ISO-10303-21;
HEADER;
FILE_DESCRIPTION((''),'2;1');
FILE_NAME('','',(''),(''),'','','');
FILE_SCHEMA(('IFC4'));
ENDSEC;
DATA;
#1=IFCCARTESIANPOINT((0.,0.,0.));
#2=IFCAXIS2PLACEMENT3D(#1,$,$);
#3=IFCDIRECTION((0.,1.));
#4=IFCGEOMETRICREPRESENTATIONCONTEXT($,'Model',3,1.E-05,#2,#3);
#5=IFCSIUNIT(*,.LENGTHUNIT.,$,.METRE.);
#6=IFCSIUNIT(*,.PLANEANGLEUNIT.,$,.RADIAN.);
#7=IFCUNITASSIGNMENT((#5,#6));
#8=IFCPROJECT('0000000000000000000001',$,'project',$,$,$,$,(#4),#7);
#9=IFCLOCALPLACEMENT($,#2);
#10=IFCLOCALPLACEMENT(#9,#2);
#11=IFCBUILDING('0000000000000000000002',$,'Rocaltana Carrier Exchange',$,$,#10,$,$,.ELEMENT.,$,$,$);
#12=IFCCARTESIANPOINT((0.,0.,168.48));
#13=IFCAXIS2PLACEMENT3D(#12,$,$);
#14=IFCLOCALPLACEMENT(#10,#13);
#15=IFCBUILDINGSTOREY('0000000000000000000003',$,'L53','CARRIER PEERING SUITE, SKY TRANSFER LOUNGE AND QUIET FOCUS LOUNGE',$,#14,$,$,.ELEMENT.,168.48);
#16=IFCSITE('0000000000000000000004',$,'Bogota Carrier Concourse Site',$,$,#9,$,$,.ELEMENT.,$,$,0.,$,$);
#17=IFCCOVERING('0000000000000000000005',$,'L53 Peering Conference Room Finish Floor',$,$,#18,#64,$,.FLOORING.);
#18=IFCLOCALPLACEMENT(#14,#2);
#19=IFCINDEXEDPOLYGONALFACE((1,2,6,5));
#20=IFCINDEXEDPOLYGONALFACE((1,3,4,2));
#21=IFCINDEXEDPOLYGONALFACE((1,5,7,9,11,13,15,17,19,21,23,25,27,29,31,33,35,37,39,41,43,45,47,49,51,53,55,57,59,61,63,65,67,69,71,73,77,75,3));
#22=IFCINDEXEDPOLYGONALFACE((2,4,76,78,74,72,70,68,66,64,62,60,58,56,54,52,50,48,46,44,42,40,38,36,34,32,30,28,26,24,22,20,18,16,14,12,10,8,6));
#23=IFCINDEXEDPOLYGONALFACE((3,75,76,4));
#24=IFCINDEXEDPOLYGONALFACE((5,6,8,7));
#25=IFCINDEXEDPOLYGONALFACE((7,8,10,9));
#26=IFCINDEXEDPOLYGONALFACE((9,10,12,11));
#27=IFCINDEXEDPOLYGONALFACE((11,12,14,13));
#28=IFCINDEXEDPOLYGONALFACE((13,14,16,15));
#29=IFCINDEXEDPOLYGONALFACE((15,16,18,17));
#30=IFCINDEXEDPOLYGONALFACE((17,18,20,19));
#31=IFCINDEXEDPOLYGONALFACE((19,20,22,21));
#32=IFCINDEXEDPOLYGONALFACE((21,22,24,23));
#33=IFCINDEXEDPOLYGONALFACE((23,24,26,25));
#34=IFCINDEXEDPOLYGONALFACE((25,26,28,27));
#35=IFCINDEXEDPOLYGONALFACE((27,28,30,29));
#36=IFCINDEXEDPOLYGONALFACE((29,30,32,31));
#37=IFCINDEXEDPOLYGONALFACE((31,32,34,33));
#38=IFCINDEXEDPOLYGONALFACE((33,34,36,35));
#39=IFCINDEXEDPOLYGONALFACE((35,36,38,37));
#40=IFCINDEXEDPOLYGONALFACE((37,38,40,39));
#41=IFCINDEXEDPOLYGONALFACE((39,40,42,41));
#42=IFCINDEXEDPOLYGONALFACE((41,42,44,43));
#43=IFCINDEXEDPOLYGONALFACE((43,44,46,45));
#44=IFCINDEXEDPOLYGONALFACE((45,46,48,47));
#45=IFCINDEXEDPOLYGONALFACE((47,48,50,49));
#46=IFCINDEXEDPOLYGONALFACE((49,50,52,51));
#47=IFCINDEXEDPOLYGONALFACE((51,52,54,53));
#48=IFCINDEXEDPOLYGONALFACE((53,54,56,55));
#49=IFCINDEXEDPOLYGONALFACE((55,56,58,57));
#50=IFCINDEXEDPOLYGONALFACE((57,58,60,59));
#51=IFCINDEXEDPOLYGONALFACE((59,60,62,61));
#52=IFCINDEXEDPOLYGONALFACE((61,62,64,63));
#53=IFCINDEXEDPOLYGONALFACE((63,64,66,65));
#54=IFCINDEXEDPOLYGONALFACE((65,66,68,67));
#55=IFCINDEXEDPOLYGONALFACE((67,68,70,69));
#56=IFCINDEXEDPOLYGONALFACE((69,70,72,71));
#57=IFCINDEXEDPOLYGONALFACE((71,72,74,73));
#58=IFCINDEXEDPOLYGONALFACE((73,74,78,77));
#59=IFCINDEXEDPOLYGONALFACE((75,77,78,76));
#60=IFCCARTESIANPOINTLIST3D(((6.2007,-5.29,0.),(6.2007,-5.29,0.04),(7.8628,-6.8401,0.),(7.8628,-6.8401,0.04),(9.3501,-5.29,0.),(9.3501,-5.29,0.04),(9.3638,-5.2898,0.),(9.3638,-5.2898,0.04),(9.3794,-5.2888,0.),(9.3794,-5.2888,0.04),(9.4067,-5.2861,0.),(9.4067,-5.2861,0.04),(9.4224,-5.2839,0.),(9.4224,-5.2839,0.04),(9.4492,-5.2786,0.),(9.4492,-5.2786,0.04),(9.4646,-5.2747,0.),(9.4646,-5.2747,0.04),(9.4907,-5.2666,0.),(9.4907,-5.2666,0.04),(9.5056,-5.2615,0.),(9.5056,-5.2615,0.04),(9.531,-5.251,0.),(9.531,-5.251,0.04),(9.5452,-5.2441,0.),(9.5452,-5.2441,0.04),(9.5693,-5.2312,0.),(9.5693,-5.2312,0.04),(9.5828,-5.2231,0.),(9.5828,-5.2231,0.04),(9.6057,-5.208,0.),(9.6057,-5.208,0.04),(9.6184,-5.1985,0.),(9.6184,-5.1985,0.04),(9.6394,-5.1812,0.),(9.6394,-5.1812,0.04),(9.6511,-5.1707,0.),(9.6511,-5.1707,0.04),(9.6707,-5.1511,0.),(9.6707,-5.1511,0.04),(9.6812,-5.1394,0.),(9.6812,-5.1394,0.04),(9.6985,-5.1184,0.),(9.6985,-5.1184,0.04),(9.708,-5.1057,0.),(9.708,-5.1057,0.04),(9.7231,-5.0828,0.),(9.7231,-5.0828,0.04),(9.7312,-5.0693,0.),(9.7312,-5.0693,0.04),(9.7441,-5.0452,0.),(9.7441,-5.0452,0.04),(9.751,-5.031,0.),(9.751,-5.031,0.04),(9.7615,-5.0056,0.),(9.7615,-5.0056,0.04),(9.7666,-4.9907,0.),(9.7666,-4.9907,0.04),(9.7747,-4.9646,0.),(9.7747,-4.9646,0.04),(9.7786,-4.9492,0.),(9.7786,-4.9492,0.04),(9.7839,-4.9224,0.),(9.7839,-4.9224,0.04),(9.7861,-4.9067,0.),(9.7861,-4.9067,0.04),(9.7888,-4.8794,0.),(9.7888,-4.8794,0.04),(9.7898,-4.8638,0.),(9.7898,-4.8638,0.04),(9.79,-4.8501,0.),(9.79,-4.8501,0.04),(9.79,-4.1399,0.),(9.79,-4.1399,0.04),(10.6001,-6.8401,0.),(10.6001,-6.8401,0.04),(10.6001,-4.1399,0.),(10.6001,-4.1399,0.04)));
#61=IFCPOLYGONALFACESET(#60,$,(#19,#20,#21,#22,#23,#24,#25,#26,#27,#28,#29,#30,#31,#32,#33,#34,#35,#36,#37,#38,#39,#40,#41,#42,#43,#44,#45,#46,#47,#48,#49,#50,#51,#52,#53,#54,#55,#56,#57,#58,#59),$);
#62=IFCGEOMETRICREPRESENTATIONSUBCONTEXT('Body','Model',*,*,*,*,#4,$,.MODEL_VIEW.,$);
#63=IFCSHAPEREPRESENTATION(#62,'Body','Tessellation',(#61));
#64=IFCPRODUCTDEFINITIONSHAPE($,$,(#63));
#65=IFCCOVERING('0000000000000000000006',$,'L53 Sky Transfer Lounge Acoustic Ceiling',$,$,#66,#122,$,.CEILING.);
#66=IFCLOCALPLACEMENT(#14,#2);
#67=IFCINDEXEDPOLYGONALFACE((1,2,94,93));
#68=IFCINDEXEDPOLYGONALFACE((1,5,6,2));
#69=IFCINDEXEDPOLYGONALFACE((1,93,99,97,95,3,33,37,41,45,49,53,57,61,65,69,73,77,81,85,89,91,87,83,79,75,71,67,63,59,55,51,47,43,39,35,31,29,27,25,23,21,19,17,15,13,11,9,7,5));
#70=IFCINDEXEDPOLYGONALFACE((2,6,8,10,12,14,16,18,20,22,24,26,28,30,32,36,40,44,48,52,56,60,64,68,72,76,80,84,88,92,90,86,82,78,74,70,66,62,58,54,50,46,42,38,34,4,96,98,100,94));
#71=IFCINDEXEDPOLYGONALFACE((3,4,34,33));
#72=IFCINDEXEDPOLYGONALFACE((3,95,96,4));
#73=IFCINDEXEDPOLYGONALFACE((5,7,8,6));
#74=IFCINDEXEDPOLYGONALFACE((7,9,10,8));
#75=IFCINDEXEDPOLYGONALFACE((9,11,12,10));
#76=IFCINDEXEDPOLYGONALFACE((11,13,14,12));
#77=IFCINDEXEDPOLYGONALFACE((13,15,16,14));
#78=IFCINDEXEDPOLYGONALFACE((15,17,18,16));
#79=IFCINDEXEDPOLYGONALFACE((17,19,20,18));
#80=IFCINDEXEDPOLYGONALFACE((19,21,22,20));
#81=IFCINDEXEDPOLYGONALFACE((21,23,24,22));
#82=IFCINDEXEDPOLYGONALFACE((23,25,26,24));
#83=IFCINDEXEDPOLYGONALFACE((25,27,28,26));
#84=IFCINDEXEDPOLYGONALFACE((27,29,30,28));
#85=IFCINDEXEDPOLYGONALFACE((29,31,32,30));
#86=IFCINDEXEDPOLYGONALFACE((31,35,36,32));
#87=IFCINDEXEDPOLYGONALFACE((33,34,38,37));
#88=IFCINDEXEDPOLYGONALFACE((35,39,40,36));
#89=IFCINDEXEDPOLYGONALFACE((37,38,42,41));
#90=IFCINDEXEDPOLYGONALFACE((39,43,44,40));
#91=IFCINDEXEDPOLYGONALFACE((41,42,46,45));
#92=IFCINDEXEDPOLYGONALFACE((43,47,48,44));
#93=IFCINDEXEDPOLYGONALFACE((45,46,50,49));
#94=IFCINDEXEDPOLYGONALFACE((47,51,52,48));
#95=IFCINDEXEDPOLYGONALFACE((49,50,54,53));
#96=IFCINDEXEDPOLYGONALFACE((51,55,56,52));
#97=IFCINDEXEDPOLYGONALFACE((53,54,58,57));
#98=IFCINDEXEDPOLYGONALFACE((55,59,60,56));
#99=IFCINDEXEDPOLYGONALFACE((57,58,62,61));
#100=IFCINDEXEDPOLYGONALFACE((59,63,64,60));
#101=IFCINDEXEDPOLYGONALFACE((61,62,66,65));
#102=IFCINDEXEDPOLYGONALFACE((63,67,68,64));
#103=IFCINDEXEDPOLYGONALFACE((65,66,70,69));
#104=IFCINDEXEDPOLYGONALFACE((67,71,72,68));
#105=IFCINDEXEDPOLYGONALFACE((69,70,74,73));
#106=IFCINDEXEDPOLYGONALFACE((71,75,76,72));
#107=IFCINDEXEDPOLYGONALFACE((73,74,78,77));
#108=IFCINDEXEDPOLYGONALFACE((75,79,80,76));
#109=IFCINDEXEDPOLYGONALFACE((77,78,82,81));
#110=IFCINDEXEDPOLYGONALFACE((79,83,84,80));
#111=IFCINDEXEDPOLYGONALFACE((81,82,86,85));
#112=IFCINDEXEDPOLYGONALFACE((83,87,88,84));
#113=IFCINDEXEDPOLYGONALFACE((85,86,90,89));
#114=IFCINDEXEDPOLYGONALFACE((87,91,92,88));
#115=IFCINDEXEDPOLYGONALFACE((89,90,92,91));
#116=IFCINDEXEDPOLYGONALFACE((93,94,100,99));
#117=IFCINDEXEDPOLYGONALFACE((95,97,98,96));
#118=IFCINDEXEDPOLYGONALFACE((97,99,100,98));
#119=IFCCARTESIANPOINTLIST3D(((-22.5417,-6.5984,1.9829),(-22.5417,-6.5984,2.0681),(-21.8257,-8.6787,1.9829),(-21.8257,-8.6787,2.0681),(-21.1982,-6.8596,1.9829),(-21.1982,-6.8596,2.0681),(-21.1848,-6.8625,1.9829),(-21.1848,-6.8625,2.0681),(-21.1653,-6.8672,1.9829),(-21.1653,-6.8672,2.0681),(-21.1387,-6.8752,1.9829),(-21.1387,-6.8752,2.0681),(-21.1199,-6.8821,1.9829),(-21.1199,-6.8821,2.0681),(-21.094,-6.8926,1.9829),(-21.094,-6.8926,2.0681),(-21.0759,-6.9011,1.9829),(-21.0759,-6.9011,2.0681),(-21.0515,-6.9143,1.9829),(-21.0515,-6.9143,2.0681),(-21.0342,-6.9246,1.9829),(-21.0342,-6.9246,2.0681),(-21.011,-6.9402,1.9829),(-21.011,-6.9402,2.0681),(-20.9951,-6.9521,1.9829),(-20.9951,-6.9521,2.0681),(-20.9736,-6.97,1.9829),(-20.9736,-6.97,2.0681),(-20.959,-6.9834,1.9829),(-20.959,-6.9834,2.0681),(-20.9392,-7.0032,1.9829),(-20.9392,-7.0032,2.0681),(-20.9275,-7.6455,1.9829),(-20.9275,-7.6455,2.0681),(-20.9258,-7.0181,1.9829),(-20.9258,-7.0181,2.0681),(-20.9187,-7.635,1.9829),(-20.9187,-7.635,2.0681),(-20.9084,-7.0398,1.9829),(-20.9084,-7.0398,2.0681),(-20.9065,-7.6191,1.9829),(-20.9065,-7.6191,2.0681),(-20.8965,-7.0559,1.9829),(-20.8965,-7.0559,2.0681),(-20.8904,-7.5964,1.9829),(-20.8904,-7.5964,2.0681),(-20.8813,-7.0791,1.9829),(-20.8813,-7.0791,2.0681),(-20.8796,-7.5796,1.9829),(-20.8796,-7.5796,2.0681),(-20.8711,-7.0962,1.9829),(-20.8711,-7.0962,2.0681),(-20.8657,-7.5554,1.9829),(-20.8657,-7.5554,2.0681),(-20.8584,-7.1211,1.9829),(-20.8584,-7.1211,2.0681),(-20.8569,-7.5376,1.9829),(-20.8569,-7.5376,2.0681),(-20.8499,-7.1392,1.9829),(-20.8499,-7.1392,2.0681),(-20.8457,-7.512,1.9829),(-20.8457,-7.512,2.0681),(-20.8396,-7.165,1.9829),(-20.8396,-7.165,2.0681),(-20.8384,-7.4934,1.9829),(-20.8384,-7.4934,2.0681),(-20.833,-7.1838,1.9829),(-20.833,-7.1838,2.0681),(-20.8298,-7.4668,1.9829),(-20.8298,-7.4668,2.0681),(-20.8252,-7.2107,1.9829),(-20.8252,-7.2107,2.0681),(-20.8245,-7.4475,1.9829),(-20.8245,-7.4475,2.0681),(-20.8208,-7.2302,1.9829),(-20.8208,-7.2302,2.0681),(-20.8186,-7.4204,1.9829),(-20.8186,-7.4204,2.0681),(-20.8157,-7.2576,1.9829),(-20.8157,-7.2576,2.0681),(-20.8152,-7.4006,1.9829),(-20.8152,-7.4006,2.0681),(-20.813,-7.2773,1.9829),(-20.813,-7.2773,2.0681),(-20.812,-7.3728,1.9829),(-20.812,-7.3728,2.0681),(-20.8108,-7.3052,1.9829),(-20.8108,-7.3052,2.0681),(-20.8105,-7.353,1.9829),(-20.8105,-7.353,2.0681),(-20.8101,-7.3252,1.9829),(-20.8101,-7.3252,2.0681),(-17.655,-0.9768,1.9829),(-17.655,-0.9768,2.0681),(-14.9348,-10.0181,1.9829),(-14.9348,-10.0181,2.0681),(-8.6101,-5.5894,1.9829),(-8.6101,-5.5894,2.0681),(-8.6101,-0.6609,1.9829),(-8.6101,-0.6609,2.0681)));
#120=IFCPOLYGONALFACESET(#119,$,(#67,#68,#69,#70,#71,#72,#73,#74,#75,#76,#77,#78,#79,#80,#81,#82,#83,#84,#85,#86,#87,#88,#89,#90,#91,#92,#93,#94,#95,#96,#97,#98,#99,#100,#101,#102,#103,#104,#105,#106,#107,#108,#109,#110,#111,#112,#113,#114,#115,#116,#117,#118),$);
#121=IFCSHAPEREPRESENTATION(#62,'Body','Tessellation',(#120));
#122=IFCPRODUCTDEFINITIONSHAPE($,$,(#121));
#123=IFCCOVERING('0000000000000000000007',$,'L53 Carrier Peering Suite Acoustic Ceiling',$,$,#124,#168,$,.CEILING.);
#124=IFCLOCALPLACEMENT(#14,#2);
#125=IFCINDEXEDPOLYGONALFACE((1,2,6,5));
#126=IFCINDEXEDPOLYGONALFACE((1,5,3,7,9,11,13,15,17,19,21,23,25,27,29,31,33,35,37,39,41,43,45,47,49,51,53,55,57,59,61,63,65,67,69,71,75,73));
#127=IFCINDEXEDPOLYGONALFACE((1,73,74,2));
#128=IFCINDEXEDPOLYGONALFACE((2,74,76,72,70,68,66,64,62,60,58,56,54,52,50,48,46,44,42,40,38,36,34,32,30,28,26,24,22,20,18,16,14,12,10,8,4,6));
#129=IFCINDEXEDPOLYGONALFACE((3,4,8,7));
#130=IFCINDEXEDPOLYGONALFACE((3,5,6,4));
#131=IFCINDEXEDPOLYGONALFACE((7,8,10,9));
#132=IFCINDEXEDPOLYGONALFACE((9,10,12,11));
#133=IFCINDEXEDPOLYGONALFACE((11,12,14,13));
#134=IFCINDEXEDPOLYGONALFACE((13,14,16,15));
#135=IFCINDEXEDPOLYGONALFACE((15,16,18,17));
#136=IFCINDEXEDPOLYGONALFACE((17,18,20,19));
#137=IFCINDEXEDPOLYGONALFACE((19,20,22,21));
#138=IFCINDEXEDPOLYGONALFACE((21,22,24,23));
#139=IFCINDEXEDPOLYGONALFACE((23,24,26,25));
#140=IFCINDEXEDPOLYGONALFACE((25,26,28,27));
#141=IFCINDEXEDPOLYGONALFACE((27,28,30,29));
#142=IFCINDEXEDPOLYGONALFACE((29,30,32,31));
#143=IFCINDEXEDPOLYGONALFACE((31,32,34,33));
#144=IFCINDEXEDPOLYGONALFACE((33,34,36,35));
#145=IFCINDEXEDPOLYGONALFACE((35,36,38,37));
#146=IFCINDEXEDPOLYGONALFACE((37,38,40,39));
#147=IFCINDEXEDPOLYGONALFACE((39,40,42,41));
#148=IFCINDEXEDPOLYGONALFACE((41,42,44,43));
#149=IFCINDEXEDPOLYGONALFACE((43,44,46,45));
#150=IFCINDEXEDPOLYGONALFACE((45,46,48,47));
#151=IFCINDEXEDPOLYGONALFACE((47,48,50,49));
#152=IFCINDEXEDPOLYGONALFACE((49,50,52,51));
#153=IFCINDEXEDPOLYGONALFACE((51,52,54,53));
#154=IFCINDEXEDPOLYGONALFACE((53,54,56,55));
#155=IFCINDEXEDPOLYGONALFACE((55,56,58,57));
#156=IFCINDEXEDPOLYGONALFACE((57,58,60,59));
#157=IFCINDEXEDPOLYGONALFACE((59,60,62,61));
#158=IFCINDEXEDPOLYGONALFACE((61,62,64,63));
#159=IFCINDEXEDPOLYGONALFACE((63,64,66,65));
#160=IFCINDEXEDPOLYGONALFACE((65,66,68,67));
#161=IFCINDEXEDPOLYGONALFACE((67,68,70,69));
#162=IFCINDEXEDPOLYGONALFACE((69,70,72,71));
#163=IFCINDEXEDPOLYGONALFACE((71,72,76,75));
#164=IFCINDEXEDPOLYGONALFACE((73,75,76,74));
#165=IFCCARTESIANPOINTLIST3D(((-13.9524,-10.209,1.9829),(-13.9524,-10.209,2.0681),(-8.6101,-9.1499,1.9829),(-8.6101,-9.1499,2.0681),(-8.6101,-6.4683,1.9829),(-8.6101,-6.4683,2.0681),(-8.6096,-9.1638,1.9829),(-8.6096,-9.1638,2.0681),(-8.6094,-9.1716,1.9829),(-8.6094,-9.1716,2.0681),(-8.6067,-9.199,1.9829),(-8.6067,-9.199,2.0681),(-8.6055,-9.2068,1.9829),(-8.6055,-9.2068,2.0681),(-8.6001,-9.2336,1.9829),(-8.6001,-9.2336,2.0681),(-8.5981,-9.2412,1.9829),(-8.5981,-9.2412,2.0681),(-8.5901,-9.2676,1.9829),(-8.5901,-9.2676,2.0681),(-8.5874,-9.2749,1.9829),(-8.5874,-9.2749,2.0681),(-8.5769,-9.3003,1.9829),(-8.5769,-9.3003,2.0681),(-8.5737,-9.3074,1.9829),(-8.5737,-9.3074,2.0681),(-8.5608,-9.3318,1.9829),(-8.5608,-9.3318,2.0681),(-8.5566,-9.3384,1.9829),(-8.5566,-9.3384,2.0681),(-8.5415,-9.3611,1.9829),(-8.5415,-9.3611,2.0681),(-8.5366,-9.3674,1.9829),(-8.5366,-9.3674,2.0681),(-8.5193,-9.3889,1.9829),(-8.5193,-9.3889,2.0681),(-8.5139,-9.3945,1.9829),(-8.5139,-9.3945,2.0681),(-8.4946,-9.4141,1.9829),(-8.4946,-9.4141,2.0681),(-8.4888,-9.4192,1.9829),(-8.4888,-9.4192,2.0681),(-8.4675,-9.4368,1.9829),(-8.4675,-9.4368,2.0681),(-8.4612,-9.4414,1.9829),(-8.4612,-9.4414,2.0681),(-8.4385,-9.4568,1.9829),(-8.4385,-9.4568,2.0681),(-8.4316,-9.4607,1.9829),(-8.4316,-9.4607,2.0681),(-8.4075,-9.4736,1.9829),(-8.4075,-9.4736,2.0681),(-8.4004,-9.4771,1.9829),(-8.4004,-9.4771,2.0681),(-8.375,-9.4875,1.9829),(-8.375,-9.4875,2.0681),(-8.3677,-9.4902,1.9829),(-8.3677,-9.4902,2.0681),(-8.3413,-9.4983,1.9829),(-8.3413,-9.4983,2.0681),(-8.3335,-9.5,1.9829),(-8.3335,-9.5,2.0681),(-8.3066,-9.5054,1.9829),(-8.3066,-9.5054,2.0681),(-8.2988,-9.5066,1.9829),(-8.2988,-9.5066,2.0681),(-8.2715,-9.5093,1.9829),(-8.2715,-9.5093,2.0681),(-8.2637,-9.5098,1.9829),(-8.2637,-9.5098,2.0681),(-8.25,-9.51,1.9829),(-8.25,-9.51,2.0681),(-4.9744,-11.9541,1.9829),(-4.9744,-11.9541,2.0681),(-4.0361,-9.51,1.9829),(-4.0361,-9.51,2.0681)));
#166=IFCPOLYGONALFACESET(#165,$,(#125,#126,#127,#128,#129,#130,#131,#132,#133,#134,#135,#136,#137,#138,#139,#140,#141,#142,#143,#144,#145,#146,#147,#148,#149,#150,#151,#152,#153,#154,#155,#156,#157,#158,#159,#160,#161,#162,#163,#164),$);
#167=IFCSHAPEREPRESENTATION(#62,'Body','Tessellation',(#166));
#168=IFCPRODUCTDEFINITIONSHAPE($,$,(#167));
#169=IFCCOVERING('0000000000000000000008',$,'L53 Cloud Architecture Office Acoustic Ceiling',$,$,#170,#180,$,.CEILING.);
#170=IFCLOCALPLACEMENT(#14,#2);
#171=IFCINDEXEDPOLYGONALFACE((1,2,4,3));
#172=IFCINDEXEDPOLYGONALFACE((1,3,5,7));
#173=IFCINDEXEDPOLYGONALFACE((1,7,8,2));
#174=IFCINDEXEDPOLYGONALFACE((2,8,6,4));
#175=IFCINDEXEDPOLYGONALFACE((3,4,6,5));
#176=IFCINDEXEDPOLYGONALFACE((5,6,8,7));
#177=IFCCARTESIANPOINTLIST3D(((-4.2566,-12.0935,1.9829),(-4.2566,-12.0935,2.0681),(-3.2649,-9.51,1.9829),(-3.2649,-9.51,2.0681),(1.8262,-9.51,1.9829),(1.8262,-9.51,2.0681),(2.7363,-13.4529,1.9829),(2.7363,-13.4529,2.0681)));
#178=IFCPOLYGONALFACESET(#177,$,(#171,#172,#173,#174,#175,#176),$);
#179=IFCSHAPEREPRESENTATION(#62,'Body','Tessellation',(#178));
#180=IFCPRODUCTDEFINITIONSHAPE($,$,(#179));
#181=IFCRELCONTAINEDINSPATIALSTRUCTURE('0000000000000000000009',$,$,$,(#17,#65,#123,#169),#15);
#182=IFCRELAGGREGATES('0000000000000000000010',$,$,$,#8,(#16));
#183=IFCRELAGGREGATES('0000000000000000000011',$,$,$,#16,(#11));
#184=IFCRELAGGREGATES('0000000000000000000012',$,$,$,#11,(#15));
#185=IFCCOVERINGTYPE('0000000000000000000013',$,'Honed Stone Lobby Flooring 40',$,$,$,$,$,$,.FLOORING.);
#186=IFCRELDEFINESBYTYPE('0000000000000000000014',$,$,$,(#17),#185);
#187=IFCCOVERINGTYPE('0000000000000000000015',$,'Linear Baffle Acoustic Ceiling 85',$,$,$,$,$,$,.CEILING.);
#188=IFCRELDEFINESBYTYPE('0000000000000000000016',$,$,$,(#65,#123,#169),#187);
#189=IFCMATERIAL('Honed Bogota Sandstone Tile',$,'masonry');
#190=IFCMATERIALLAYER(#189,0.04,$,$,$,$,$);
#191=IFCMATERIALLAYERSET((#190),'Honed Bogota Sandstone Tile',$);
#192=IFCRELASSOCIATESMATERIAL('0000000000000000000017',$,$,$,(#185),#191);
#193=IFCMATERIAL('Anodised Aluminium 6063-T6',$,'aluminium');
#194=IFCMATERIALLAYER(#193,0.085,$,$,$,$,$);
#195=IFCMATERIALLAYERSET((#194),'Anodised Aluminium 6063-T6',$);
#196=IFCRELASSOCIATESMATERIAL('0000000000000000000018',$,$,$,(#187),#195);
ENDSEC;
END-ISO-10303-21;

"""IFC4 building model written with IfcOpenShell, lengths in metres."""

from ifc_helpers import new_model, si_unit, direction, frame, origin, place, context, subcontext, project, spatial, polyline, outline, extrude, material, layer, layer_set, type_object, element, save


model = new_model("IFC4")

# Units and contexts
model_context = context("Model", 3, precision=1e-05, world=origin(), true_north=direction((0.0, 1.0)))
body_context = subcontext(model_context, "Body", "Model", "MODEL_VIEW")
ifc_project = project(units=[si_unit("LENGTHUNIT", "METRE"), si_unit("PLANEANGLEUNIT", "RADIAN")], contexts=[model_context])

# Site, building, storey
site_placement = place(None, origin())
site = spatial("IfcSite", under=ifc_project, at=site_placement, Name="Bogota Carrier Concourse Site", CompositionType="ELEMENT", RefElevation=0.0)
building_placement = place(site_placement, origin())
building = spatial("IfcBuilding", under=site, at=building_placement, Name="Rocaltana Carrier Exchange", CompositionType="ELEMENT")
storey_placement = place(building_placement, frame((0.0, 0.0, 168.48)))
storey = spatial("IfcBuildingStorey", under=building, at=storey_placement, Name="L53", Description="CARRIER PEERING SUITE, SKY TRANSFER LOUNGE AND QUIET FOCUS LOUNGE", CompositionType="ELEMENT", Elevation=168.48)

# Coverings
ifc_material_1 = material(Name="Honed Bogota Sandstone Tile", Category="masonry")
ifc_layer_1 = layer(ifc_material_1, 0.04)
ifc_layer_set_1 = layer_set([ifc_layer_1], Name="Honed Bogota Sandstone Tile")
covering_type_1 = type_object("IfcCoveringType", Name="Honed Stone Lobby Flooring 40", PredefinedType="FLOORING", material=ifc_layer_set_1)
covering_1_placement = place(storey_placement, origin())
element("IfcCovering", 1, at=covering_1_placement, inside=storey, type_object=covering_type_1, Name="L53 Peering Conference Room Finish Floor", PredefinedType="FLOORING", context=body_context, shape_type="SweptSolid", body=[
    extrude(outline(polyline([(6.2007, -5.29), (9.3501, -5.29), (9.3638, -5.2898), (9.3794, -5.2888), (9.4067, -5.2861), (9.4224, -5.2839), (9.4492, -5.2786), (9.4646, -5.2747), (9.4907, -5.2666), (9.5056, -5.2615), (9.531, -5.251), (9.5452, -5.2441), (9.5693, -5.2312), (9.5828, -5.2231), (9.6057, -5.208), (9.6184, -5.1985), (9.6394, -5.1812), (9.6511, -5.1707), (9.6707, -5.1511), (9.6812, -5.1394), (9.6985, -5.1184), (9.708, -5.1057), (9.7231, -5.0828), (9.7312, -5.0693), (9.7441, -5.0452), (9.751, -5.031), (9.7615, -5.0056), (9.7666, -4.9907), (9.7747, -4.9646), (9.7786, -4.9492), (9.7839, -4.9224), (9.7861, -4.9067), (9.7888, -4.8794), (9.7898, -4.8638), (9.79, -4.8501), (9.79, -4.1399), (10.6001, -4.1399), (10.6001, -6.8401), (7.8628, -6.8401), (6.2007, -5.29)])), origin(), (0.0, 0.0, 1.0), 0.04),
])
ifc_material_2 = material(Name="Anodised Aluminium 6063-T6", Category="aluminium")
ifc_layer_2 = layer(ifc_material_2, 0.085)
ifc_layer_set_2 = layer_set([ifc_layer_2], Name="Anodised Aluminium 6063-T6")
covering_type_2 = type_object("IfcCoveringType", Name="Linear Baffle Acoustic Ceiling 85", PredefinedType="CEILING", material=ifc_layer_set_2)
covering_2_placement = place(storey_placement, frame((0.0, 0.0, 1.9829)))
element("IfcCovering", 2, at=covering_2_placement, inside=storey, type_object=covering_type_2, Name="L53 Sky Transfer Lounge Acoustic Ceiling", PredefinedType="CEILING", context=body_context, shape_type="SweptSolid", body=[
    extrude(outline(polyline([(-20.9275, -7.6455), (-20.9187, -7.635), (-20.9065, -7.6191), (-20.8904, -7.5964), (-20.8796, -7.5796), (-20.8657, -7.5554), (-20.8569, -7.5376), (-20.8457, -7.512), (-20.8384, -7.4934), (-20.8298, -7.4668), (-20.8245, -7.4475), (-20.8186, -7.4204), (-20.8152, -7.4006), (-20.812, -7.3728), (-20.8105, -7.353), (-20.8101, -7.3252), (-20.8108, -7.3052), (-20.813, -7.2773), (-20.8157, -7.2576), (-20.8208, -7.2302), (-20.8252, -7.2107), (-20.833, -7.1838), (-20.8396, -7.165), (-20.8499, -7.1392), (-20.8584, -7.1211), (-20.8711, -7.0962), (-20.8813, -7.0791), (-20.8965, -7.0559), (-20.9084, -7.0398), (-20.9258, -7.0181), (-20.9392, -7.0032), (-20.959, -6.9834), (-20.9736, -6.97), (-20.9951, -6.9521), (-21.011, -6.9402), (-21.0342, -6.9246), (-21.0515, -6.9143), (-21.0759, -6.9011), (-21.094, -6.8926), (-21.1199, -6.8821), (-21.1387, -6.8752), (-21.1653, -6.8672), (-21.1848, -6.8625), (-21.1982, -6.8596), (-22.5417, -6.5984), (-17.655, -0.9768), (-8.6101, -0.6609), (-8.6101, -5.5894), (-14.9348, -10.0181), (-21.8257, -8.6787), (-20.9275, -7.6455)])), origin(), (0.0, 0.0, 1.0), 0.0852),
])
covering_3_placement = place(storey_placement, frame((0.0, 0.0, 1.9829)))
element("IfcCovering", 3, at=covering_3_placement, inside=storey, type_object=covering_type_2, Name="L53 Carrier Peering Suite Acoustic Ceiling", PredefinedType="CEILING", context=body_context, shape_type="SweptSolid", body=[
    extrude(outline(polyline([(-13.9524, -10.209), (-8.6101, -6.4683), (-8.6101, -9.1499), (-8.6096, -9.1638), (-8.6094, -9.1716), (-8.6067, -9.199), (-8.6055, -9.2068), (-8.6001, -9.2336), (-8.5981, -9.2412), (-8.5901, -9.2676), (-8.5874, -9.2749), (-8.5769, -9.3003), (-8.5737, -9.3074), (-8.5608, -9.3318), (-8.5566, -9.3384), (-8.5415, -9.3611), (-8.5366, -9.3674), (-8.5193, -9.3889), (-8.5139, -9.3945), (-8.4946, -9.4141), (-8.4888, -9.4192), (-8.4675, -9.4368), (-8.4612, -9.4414), (-8.4385, -9.4568), (-8.4316, -9.4607), (-8.4075, -9.4736), (-8.4004, -9.4771), (-8.375, -9.4875), (-8.3677, -9.4902), (-8.3413, -9.4983), (-8.3335, -9.5), (-8.3066, -9.5054), (-8.2988, -9.5066), (-8.2715, -9.5093), (-8.2637, -9.5098), (-8.25, -9.51), (-4.0361, -9.51), (-4.9744, -11.9541), (-13.9524, -10.209)])), origin(), (0.0, 0.0, 1.0), 0.0852),
])
covering_4_placement = place(storey_placement, frame((0.0, 0.0, 1.9829)))
element("IfcCovering", 4, at=covering_4_placement, inside=storey, type_object=covering_type_2, Name="L53 Cloud Architecture Office Acoustic Ceiling", PredefinedType="CEILING", context=body_context, shape_type="SweptSolid", body=[
    extrude(outline(polyline([(-4.2566, -12.0935), (-3.2649, -9.51), (1.8262, -9.51), (2.7363, -13.4529), (-4.2566, -12.0935)])), origin(), (0.0, 0.0, 1.0), 0.0852),
])

save(model, "model.ifc")
